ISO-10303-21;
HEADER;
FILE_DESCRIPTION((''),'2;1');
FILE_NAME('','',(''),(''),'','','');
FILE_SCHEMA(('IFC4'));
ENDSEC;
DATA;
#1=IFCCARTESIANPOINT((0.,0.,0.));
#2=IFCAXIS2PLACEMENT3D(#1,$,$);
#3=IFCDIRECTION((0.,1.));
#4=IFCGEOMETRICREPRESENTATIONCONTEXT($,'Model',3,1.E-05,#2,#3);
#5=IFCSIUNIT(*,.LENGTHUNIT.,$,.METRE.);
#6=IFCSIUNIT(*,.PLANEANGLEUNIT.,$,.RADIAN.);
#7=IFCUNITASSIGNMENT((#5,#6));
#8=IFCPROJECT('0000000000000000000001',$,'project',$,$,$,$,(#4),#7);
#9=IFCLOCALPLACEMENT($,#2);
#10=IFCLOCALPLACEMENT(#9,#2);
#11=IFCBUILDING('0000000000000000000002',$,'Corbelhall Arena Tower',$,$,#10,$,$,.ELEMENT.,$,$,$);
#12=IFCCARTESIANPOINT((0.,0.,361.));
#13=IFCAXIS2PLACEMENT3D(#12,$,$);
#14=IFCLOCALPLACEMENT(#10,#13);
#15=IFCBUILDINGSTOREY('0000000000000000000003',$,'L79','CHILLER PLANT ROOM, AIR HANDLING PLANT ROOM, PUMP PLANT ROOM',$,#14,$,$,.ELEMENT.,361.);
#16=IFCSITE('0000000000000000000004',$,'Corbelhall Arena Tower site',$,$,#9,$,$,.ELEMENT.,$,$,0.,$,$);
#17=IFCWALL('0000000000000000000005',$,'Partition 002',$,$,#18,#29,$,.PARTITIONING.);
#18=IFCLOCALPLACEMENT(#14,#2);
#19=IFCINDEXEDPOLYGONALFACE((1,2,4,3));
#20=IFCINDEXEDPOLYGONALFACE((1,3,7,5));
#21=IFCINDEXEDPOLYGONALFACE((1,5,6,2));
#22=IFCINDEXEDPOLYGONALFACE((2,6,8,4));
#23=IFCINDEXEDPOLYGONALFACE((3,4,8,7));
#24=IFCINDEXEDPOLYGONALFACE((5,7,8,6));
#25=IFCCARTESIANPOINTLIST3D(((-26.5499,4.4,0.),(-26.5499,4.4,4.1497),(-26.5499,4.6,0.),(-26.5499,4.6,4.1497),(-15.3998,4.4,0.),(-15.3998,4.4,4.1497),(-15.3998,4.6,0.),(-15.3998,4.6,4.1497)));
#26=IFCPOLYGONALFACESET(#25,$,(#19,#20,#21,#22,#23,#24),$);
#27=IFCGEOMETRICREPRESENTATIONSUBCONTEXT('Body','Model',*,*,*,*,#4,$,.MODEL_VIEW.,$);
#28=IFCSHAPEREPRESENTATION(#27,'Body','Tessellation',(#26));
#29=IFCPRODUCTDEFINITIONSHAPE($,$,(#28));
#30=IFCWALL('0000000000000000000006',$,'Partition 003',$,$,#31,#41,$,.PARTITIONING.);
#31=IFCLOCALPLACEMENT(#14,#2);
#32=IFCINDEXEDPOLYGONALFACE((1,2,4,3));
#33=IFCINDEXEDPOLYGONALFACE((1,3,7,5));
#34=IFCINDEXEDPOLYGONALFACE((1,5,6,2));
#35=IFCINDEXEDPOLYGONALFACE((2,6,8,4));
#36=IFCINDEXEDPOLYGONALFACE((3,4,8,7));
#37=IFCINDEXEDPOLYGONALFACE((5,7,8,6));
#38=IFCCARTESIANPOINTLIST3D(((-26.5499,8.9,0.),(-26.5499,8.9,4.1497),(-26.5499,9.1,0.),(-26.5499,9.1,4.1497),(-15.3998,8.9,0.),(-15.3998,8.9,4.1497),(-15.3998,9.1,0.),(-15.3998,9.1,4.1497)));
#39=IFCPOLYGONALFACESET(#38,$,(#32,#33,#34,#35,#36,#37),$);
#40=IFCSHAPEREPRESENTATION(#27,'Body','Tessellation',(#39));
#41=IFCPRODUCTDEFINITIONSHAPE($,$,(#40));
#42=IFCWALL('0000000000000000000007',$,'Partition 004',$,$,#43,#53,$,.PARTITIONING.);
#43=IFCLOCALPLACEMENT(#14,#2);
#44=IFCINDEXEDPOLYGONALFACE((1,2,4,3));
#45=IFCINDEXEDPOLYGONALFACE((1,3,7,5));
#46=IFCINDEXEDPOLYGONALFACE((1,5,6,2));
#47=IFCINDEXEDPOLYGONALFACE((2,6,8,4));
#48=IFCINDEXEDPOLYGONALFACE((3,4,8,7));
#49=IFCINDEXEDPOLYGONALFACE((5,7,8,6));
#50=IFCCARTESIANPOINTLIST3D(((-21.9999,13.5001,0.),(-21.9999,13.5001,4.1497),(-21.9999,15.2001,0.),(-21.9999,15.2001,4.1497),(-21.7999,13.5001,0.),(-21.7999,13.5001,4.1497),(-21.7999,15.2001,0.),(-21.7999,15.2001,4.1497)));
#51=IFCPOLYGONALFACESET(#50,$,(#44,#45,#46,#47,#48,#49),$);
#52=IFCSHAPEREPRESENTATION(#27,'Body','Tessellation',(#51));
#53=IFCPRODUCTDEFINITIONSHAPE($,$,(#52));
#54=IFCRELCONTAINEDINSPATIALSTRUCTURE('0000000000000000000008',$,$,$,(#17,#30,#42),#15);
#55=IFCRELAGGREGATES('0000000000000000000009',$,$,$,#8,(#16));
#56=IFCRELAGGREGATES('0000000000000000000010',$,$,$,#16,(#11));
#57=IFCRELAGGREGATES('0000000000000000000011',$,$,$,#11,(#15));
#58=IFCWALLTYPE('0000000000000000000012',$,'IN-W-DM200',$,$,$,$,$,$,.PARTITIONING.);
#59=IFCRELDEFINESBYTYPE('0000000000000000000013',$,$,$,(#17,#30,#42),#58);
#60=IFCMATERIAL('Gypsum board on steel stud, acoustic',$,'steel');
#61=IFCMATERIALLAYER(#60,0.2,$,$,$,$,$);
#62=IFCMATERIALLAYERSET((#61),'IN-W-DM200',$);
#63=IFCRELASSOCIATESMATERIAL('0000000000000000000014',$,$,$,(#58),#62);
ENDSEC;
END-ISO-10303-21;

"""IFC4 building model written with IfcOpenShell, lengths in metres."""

from ifc_helpers import new_model, si_unit, direction, frame, frame_2d, origin, place, context, subcontext, project, spatial, rectangle, extrude, material, layer, layer_set, type_object, element, save


model = new_model("IFC4")

# Units and contexts
model_context = context("Model", 3, precision=1e-05, world=origin(), true_north=direction((0.0, 1.0)))
body_context = subcontext(model_context, "Body", "Model", "MODEL_VIEW")
ifc_project = project(units=[si_unit("LENGTHUNIT", "METRE"), si_unit("PLANEANGLEUNIT", "RADIAN")], contexts=[model_context])

# Site, building, storey
site_placement = place(None, origin())
site = spatial("IfcSite", under=ifc_project, at=site_placement, Name="Corbelhall Arena Tower site", CompositionType="ELEMENT", RefElevation=0.0)
building_placement = place(site_placement, origin())
building = spatial("IfcBuilding", under=site, at=building_placement, Name="Corbelhall Arena Tower", CompositionType="ELEMENT")
storey_placement = place(building_placement, frame((0.0, 0.0, 361.0)))
storey = spatial("IfcBuildingStorey", under=building, at=storey_placement, Name="L79", Description="CHILLER PLANT ROOM, AIR HANDLING PLANT ROOM, PUMP PLANT ROOM", CompositionType="ELEMENT", Elevation=361.0)

# Walls
ifc_material_1 = material(Name="Gypsum board on steel stud, acoustic", Category="steel")
ifc_layer_1 = layer(ifc_material_1, 0.2)
ifc_layer_set_1 = layer_set([ifc_layer_1], Name="IN-W-DM200")
wall_type_1 = type_object("IfcWallType", Name="IN-W-DM200", PredefinedType="PARTITIONING", material=ifc_layer_set_1)
for number, where, z_axis, x_axis, name in (
    (1, (-26.55, 4.5, 0.0), (0.0, 0.0, 1.0), (1.0, 0.0, 0.0), "Partition 002"),
    (2, (-26.55, 9.0, 0.0), (0.0, 0.0, 1.0), (1.0, 0.0, 0.0), "Partition 003"),
):
    element("IfcWall", number, at=place(storey_placement, frame(where, z_axis=z_axis, x_axis=x_axis)), inside=storey, type_object=wall_type_1, Name=name, PredefinedType="PARTITIONING", context=body_context, shape_type="SweptSolid", body=[
        extrude(rectangle(XDim=11.1501, YDim=0.2, at=frame_2d((5.5752, 0.0))), origin(), (0.0, 0.0, 1.0), 4.1497),
    ])
wall_1_placement = place(storey_placement, frame((-21.8999, 13.5, 0.0), z_axis=(0.0, 0.0, 1.0), x_axis=(0.0, 1.0, 0.0)))
element("IfcWall", 3, at=wall_1_placement, inside=storey, type_object=wall_type_1, Name="Partition 004", PredefinedType="PARTITIONING", context=body_context, shape_type="SweptSolid", body=[
    extrude(rectangle(XDim=1.7, YDim=0.2, at=frame_2d((0.8501, 0.0))), origin(), (0.0, 0.0, 1.0), 4.1497),
])

save(model, "model.ifc")
